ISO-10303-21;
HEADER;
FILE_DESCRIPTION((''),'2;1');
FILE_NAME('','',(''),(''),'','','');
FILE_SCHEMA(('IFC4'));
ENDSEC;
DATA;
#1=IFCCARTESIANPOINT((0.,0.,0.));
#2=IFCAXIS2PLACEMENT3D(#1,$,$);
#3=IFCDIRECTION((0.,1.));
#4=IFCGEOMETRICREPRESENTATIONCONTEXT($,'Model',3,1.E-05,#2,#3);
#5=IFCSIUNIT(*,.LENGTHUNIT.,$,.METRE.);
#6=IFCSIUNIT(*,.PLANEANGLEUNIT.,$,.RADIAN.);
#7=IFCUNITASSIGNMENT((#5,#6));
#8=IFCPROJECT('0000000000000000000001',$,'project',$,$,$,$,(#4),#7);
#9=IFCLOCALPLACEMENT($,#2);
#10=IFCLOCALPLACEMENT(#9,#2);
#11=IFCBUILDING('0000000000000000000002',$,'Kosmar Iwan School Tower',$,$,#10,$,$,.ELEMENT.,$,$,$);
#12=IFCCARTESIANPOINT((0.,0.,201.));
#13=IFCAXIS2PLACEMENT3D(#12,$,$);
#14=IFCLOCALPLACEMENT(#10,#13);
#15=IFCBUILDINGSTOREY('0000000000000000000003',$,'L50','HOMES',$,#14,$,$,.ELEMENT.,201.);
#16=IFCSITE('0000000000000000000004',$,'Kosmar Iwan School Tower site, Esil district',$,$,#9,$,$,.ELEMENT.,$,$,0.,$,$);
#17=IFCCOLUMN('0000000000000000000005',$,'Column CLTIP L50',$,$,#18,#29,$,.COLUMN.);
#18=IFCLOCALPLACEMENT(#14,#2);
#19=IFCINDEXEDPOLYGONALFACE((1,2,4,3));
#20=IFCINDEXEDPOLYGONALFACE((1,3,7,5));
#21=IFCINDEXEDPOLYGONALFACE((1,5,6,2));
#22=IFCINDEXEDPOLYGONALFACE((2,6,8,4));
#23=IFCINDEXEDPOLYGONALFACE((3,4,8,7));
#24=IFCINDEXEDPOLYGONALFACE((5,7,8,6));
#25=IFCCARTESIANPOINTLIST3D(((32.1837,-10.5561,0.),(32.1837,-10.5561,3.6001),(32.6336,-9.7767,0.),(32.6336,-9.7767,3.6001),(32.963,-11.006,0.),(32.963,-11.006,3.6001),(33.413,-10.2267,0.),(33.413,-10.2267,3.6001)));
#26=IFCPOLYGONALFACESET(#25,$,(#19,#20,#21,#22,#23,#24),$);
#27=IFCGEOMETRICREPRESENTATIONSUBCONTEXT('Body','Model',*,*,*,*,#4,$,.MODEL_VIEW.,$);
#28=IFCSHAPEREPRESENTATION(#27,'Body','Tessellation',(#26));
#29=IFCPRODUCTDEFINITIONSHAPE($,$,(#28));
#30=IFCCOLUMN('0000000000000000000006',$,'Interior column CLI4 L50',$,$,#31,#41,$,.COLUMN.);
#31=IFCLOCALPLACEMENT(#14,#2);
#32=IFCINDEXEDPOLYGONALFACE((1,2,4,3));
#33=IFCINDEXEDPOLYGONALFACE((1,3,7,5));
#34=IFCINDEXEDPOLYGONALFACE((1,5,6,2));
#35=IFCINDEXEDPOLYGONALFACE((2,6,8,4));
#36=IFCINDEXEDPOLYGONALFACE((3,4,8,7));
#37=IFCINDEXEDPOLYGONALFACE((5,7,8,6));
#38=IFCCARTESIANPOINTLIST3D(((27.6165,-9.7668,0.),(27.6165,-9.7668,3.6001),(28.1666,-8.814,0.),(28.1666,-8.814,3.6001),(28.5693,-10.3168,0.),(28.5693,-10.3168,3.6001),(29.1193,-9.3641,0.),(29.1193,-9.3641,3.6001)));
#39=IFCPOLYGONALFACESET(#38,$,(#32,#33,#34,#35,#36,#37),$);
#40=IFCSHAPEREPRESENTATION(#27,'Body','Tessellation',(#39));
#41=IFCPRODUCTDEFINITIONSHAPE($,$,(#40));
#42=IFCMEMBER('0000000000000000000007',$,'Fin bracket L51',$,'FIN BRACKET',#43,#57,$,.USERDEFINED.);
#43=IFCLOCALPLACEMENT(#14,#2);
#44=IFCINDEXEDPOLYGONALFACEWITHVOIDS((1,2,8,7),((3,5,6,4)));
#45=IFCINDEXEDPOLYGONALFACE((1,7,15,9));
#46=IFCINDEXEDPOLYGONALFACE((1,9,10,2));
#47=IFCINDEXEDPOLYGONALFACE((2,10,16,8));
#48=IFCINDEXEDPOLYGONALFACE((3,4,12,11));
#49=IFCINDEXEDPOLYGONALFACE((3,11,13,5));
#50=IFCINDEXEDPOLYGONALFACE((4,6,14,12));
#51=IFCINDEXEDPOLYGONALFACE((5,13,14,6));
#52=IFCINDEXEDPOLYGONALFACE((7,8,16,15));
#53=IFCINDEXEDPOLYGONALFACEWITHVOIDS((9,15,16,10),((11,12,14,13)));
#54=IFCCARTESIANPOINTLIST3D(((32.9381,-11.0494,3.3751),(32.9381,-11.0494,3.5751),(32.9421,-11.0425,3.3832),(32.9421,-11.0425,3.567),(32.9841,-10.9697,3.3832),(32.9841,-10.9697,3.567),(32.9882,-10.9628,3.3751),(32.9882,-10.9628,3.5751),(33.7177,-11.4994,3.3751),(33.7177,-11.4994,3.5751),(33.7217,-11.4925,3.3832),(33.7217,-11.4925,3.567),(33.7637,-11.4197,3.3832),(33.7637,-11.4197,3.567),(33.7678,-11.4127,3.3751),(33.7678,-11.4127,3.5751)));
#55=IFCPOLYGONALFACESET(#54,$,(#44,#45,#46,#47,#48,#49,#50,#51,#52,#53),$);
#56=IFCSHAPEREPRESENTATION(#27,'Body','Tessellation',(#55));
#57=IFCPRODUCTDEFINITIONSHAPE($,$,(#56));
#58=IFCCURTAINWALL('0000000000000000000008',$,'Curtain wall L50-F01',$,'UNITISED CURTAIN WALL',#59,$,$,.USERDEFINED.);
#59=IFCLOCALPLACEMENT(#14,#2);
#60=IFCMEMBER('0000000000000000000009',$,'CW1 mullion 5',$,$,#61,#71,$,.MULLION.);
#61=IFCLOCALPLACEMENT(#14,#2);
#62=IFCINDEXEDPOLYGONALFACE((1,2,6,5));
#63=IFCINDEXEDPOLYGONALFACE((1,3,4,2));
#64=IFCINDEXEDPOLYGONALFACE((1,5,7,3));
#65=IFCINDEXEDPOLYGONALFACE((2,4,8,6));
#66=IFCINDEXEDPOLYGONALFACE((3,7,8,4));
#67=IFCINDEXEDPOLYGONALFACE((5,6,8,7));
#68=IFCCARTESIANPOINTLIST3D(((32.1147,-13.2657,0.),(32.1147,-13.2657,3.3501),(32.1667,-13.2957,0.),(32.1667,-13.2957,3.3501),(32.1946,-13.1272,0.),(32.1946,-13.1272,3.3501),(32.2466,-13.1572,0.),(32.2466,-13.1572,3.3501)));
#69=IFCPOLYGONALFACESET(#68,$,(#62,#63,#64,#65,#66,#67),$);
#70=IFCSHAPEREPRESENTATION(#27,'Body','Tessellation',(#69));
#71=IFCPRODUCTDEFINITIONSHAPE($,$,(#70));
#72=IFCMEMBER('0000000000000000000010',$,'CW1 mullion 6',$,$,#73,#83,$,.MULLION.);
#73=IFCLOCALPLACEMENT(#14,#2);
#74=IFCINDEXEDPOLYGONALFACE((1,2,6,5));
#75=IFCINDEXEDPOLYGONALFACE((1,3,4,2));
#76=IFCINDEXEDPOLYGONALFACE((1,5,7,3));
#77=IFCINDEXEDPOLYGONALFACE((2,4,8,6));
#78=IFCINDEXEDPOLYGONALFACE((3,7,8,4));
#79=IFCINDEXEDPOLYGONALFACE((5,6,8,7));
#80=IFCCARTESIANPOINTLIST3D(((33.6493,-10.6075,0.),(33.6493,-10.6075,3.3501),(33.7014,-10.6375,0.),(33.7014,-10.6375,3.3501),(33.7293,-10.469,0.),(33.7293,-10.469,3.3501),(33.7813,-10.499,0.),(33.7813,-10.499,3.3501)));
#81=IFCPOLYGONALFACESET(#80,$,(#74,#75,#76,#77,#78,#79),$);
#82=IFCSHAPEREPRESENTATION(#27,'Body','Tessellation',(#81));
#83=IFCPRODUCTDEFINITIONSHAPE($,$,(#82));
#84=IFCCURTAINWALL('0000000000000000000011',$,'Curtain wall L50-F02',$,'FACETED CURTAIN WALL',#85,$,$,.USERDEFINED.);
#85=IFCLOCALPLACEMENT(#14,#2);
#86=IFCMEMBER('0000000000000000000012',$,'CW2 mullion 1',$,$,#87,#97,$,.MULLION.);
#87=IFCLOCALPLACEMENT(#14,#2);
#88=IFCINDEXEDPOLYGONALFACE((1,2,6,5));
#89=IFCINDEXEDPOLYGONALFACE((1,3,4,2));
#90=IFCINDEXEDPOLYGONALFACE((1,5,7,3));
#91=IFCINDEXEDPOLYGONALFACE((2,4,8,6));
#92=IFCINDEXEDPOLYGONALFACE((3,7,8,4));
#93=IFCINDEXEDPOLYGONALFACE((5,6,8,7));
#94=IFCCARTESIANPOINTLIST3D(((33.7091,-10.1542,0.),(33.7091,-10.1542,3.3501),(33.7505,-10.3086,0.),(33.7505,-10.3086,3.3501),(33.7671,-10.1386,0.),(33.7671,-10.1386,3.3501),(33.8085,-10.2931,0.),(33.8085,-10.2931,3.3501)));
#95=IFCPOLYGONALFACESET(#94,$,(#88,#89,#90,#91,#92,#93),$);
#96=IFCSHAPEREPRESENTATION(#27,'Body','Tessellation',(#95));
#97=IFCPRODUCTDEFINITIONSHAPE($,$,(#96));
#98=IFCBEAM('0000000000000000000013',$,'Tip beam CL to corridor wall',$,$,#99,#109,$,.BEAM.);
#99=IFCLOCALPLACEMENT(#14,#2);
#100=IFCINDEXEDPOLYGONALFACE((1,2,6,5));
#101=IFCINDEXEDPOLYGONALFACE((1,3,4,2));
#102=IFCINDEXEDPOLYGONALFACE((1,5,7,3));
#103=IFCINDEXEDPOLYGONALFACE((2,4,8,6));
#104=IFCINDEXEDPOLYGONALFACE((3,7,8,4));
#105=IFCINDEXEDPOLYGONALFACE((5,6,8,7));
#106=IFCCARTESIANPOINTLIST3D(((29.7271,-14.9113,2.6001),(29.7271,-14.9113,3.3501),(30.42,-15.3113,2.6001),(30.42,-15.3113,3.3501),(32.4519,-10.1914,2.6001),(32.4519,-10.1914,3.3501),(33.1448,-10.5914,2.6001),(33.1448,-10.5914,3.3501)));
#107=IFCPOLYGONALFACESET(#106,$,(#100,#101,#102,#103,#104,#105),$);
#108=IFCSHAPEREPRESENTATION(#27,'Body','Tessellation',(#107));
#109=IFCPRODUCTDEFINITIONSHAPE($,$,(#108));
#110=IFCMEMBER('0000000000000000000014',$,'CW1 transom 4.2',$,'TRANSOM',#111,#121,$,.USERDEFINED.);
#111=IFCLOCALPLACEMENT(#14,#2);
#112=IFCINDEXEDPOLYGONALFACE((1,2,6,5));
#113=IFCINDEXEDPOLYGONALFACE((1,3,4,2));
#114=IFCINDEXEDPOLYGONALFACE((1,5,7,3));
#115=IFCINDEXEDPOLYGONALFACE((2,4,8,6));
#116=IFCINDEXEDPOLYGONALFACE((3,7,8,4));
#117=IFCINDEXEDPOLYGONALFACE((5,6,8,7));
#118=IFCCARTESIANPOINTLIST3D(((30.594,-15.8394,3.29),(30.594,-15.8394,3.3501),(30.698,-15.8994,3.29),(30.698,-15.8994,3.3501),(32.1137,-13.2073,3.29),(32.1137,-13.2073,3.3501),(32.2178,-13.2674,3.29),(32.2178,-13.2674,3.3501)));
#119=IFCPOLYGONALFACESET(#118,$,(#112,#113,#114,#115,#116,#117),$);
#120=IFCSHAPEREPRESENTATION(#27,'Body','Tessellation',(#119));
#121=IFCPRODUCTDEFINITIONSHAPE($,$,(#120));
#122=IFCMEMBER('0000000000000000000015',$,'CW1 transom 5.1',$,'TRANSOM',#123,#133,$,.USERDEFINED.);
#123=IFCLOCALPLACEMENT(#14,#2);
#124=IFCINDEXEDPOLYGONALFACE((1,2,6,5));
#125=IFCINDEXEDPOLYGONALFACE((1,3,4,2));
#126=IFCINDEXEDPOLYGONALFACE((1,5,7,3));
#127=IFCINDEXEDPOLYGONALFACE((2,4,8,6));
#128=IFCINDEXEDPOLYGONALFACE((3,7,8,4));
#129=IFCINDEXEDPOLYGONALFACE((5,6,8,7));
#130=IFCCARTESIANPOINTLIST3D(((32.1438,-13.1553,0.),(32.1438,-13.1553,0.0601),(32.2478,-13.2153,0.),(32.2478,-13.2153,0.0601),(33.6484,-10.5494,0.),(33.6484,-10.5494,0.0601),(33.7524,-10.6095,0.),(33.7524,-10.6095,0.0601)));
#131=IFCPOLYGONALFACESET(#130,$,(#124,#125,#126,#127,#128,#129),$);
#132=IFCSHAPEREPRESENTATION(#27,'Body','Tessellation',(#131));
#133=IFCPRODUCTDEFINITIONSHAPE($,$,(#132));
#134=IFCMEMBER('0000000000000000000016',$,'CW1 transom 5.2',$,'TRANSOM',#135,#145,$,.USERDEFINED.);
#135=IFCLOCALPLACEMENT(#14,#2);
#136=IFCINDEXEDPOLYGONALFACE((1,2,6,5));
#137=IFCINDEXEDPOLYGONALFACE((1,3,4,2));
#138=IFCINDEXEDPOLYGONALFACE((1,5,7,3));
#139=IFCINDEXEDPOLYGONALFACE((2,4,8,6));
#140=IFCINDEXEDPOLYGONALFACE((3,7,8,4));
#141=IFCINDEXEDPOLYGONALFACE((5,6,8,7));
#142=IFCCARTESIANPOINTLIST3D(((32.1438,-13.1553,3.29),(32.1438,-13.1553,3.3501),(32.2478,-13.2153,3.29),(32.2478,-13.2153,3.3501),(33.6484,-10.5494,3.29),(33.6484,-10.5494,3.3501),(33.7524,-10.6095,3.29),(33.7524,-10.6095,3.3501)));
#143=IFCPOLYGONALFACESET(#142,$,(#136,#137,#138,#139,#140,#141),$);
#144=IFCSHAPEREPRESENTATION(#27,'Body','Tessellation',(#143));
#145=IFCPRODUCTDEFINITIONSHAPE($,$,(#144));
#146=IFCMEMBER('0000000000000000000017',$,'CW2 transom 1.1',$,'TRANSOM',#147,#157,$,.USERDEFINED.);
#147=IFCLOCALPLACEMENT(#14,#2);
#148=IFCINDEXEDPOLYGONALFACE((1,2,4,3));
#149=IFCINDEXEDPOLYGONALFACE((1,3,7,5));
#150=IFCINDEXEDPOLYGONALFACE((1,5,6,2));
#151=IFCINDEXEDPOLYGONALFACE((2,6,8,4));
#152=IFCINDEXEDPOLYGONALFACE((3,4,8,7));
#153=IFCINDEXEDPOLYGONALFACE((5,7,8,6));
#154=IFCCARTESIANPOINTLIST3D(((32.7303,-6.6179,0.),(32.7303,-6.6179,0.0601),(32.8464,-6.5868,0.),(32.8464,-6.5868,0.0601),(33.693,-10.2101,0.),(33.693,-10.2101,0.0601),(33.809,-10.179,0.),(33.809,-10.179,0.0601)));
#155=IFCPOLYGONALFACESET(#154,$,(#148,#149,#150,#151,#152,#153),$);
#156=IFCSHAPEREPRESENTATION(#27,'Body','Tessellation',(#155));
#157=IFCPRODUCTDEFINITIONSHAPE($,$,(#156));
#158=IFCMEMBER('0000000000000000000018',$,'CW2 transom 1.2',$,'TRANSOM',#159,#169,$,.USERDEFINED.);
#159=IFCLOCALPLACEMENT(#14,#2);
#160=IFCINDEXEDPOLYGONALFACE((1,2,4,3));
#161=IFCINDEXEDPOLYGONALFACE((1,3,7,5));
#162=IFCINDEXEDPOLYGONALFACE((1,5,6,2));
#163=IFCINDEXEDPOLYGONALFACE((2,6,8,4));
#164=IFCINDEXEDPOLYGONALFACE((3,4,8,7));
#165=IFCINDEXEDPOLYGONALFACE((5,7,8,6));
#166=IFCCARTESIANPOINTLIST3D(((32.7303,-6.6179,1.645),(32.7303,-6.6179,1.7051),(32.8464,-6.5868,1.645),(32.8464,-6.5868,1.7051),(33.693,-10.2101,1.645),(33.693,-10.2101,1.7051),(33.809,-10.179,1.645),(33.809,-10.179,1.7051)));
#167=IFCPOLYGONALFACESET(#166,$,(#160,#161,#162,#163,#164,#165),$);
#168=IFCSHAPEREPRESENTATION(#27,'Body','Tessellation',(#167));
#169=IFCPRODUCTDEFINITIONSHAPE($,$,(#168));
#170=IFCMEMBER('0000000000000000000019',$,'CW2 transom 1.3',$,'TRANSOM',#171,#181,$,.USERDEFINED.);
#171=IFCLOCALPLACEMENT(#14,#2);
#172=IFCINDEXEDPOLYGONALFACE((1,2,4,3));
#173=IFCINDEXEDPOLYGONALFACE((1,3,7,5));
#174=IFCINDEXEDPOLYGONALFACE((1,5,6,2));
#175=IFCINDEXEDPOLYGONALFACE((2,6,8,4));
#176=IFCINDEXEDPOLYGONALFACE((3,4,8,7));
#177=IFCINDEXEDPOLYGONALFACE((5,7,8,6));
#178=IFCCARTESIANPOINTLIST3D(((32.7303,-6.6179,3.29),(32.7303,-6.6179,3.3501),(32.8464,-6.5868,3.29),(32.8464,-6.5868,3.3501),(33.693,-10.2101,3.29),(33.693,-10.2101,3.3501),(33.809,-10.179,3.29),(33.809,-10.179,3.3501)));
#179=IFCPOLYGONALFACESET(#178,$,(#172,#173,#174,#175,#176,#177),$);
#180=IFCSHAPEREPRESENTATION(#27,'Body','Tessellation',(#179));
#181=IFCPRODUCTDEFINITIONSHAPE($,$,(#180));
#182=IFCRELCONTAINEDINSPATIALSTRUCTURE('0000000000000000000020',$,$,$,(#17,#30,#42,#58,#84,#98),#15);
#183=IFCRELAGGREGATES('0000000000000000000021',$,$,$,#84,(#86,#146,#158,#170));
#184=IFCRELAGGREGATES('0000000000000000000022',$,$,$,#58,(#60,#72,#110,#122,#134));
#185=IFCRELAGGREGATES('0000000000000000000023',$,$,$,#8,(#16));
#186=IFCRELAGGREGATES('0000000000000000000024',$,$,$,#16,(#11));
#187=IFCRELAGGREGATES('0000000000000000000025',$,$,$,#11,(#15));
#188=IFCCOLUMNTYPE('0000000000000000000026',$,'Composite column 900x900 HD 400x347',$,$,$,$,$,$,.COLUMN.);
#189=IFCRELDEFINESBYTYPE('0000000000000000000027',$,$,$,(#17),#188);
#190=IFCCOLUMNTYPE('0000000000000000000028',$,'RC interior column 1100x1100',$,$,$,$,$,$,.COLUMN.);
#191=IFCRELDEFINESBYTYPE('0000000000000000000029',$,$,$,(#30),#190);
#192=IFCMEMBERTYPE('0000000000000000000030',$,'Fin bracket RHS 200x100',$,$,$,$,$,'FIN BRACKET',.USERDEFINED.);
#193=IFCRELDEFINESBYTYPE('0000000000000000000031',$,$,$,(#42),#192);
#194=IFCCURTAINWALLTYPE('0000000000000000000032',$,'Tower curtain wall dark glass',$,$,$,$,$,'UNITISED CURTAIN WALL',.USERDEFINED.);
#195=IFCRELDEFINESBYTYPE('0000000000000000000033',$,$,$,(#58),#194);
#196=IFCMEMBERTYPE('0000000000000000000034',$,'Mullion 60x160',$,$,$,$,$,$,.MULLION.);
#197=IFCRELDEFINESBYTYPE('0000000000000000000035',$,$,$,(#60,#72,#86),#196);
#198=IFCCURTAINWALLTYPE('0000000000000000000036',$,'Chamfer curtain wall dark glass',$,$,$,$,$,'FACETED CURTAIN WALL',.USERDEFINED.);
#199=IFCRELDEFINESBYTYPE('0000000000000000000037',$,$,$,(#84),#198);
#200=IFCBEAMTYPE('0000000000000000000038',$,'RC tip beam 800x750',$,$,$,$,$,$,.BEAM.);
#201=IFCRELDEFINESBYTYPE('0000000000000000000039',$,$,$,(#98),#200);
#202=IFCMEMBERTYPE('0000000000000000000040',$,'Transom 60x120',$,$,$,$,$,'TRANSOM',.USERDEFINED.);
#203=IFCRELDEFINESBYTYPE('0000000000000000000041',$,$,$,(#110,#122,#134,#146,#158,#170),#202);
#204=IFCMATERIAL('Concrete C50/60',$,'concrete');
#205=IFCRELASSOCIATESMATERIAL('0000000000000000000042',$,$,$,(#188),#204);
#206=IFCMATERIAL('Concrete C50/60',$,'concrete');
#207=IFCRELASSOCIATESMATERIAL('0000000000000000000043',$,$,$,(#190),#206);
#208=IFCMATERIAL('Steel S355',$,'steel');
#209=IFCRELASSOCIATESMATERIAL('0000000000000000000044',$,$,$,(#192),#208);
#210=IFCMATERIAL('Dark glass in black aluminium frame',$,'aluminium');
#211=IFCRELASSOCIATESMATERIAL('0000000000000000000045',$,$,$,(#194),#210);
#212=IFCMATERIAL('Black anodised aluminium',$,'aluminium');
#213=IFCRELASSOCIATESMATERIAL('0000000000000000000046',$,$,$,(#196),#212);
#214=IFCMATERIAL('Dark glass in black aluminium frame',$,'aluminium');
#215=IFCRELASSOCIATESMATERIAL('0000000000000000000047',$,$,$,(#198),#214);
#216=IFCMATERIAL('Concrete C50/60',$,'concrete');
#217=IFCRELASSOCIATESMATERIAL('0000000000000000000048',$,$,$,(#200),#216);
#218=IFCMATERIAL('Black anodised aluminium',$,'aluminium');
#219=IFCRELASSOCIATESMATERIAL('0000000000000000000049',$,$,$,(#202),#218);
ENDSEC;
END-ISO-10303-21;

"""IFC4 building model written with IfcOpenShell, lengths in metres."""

from ifc_helpers import new_model, si_unit, direction, frame, origin, origin_2d, place, context, subcontext, project, spatial, rectangle, hollow_rectangle, extrude, material, material_profile, profile_set, type_object, element, aggregate, save


model = new_model("IFC4")

# Units and contexts
model_context = context("Model", 3, precision=1e-05, world=origin(), true_north=direction((0.0, 1.0)))
body_context = subcontext(model_context, "Body", "Model", "MODEL_VIEW")
ifc_project = project(units=[si_unit("LENGTHUNIT", "METRE"), si_unit("PLANEANGLEUNIT", "RADIAN")], contexts=[model_context])

# Site, building, storey
site_placement = place(None, origin())
site = spatial("IfcSite", under=ifc_project, at=site_placement, Name="Kosmar Iwan School Tower site, Esil district", CompositionType="ELEMENT", RefElevation=0.0)
building_placement = place(site_placement, origin())
building = spatial("IfcBuilding", under=site, at=building_placement, Name="Kosmar Iwan School Tower", CompositionType="ELEMENT")
storey_placement = place(building_placement, frame((0.0, 0.0, 201.0)))
storey = spatial("IfcBuildingStorey", under=building, at=storey_placement, Name="L50", Description="HOMES", CompositionType="ELEMENT", Elevation=201.0)

# Columns
ifc_material_1 = material(Name="Concrete C50/60", Category="concrete")
ifc_material_profile_1 = material_profile(ifc_material_1, rectangle(XDim=0.8999, YDim=0.8999, at=origin_2d()), Name="RC 900x900 + HD 400x347")
ifc_profile_set_1 = profile_set([ifc_material_profile_1], Name="Concrete C50/60")
column_type_1 = type_object("IfcColumnType", Name="Composite column 900x900 HD 400x347", PredefinedType="COLUMN", material=ifc_profile_set_1)
column_1_placement = place(storey_placement, frame((32.7983, -10.3914, 0.0), z_axis=(0.0, 0.0, 1.0), x_axis=(0.866025, -0.5, 0.0)))
element("IfcColumn", 1, at=column_1_placement, inside=storey, type_object=column_type_1, Name="Column CLTIP L50", PredefinedType="COLUMN", context=body_context, shape_type="SweptSolid", body=[
    extrude(rectangle(XDim=0.8999, YDim=0.8999, at=origin_2d()), origin(), (0.0, 0.0, 1.0), 3.6001),
])
ifc_material_2 = material(Name="Concrete C50/60", Category="concrete")
ifc_material_profile_2 = material_profile(ifc_material_2, rectangle(XDim=1.1001, YDim=1.1001, at=origin_2d()), Name="RC 1100x1100")
ifc_profile_set_2 = profile_set([ifc_material_profile_2], Name="Concrete C50/60")
column_type_2 = type_object("IfcColumnType", Name="RC interior column 1100x1100", PredefinedType="COLUMN", material=ifc_profile_set_2)
column_2_placement = place(storey_placement, frame((28.3679, -9.5654, 0.0), z_axis=(0.0, 0.0, 1.0), x_axis=(0.866025, -0.5, 0.0)))
element("IfcColumn", 2, at=column_2_placement, inside=storey, type_object=column_type_2, Name="Interior column CLI4 L50", PredefinedType="COLUMN", context=body_context, shape_type="SweptSolid", body=[
    extrude(rectangle(XDim=1.1001, YDim=1.1001, at=origin_2d()), origin(), (0.0, 0.0, 1.0), 3.6001),
])

# Member
ifc_material_3 = material(Name="Steel S355", Category="steel")
ifc_material_profile_3 = material_profile(ifc_material_3, hollow_rectangle(XDim=0.1001, YDim=0.2, WallThickness=0.0081, at=origin_2d()), Name="RHS 200x100x8")
ifc_profile_set_3 = profile_set([ifc_material_profile_3], Name="Steel S355")
member_type_1 = type_object("IfcMemberType", Name="Fin bracket RHS 200x100", ElementType="FIN BRACKET", PredefinedType="USERDEFINED", material=ifc_profile_set_3)
member_1_placement = place(storey_placement, frame((32.9631, -11.0061, 3.4751), z_axis=(0.866082, -0.499902, 0.0), x_axis=(0.499902, 0.866082, 0.0)))
element("IfcMember", 3, at=member_1_placement, inside=storey, type_object=member_type_1, Name="Fin bracket L51", ObjectType="FIN BRACKET", PredefinedType="USERDEFINED", context=body_context, shape_type="SweptSolid", body=[
    extrude(hollow_rectangle(XDim=0.1001, YDim=0.2, WallThickness=0.0081, at=origin_2d()), origin(), (0.0, 0.0, 1.0), 0.9001),
])

# Curtain wall, members
ifc_material_4 = material(Name="Dark glass in black aluminium frame", Category="aluminium")
curtain_wall_type_1 = type_object("IfcCurtainWallType", Name="Tower curtain wall dark glass", ElementType="UNITISED CURTAIN WALL", PredefinedType="USERDEFINED", material=ifc_material_4)
curtain_wall_1_placement = place(storey_placement, origin())
curtain_wall_1 = element("IfcCurtainWall", 4, at=curtain_wall_1_placement, inside=storey, type_object=curtain_wall_type_1, Name="Curtain wall L50-F01", ObjectType="UNITISED CURTAIN WALL", PredefinedType="USERDEFINED")
ifc_material_5 = material(Name="Black anodised aluminium", Category="aluminium")
ifc_material_profile_4 = material_profile(ifc_material_5, rectangle(XDim=0.0601, YDim=0.1599, at=origin_2d()), Name="MULLION 60x160")
ifc_profile_set_4 = profile_set([ifc_material_profile_4], Name="Black anodised aluminium")
member_type_2 = type_object("IfcMemberType", Name="Mullion 60x160", PredefinedType="MULLION", material=ifc_profile_set_4)
member_2_placement = place(storey_placement, frame((32.1807, -13.2114, 0.0), z_axis=(0.0, 0.0, 1.0), x_axis=(-0.866025, 0.5, 0.0)))
member_2 = element("IfcMember", 5, at=member_2_placement, type_object=member_type_2, Name="CW1 mullion 5", PredefinedType="MULLION", context=body_context, shape_type="SweptSolid", body=[
    extrude(rectangle(XDim=0.0601, YDim=0.1599, at=origin_2d()), origin(), (0.0, 0.0, 1.0), 3.3501),
])
member_3_placement = place(storey_placement, frame((33.7153, -10.5532, 0.0), z_axis=(0.0, 0.0, 1.0), x_axis=(-0.866025, 0.5, 0.0)))
member_3 = element("IfcMember", 6, at=member_3_placement, type_object=member_type_2, Name="CW1 mullion 6", PredefinedType="MULLION", context=body_context, shape_type="SweptSolid", body=[
    extrude(rectangle(XDim=0.0601, YDim=0.1599, at=origin_2d()), origin(), (0.0, 0.0, 1.0), 3.3501),
])

# Curtain wall, member
ifc_material_6 = material(Name="Dark glass in black aluminium frame", Category="aluminium")
curtain_wall_type_2 = type_object("IfcCurtainWallType", Name="Chamfer curtain wall dark glass", ElementType="FACETED CURTAIN WALL", PredefinedType="USERDEFINED", material=ifc_material_6)
curtain_wall_2_placement = place(storey_placement, origin())
curtain_wall_2 = element("IfcCurtainWall", 7, at=curtain_wall_2_placement, inside=storey, type_object=curtain_wall_type_2, Name="Curtain wall L50-F02", ObjectType="FACETED CURTAIN WALL", PredefinedType="USERDEFINED")
member_4_placement = place(storey_placement, frame((33.7588, -10.2236, 0.0), z_axis=(0.0, 0.0, 1.0), x_axis=(-0.965926, -0.258819, 0.0)))
member_4 = element("IfcMember", 8, at=member_4_placement, type_object=member_type_2, Name="CW2 mullion 1", PredefinedType="MULLION", context=body_context, shape_type="SweptSolid", body=[
    extrude(rectangle(XDim=0.0601, YDim=0.1599, at=origin_2d()), origin(), (0.0, 0.0, 1.0), 3.3501),
])

# Beam
ifc_material_7 = material(Name="Concrete C50/60", Category="concrete")
ifc_material_profile_5 = material_profile(ifc_material_7, rectangle(XDim=0.8, YDim=0.75, at=origin_2d()), Name="RC 800x750")
ifc_profile_set_5 = profile_set([ifc_material_profile_5], Name="Concrete C50/60")
beam_type = type_object("IfcBeamType", Name="RC tip beam 800x750", PredefinedType="BEAM", material=ifc_profile_set_5)
beam_placement = place(storey_placement, frame((32.7983, -10.3914, 2.9751), z_axis=(-0.499969, -0.866043, 0.0), x_axis=(0.866043, -0.499969, 0.0)))
element("IfcBeam", 9, at=beam_placement, inside=storey, type_object=beam_type, Name="Tip beam CL to corridor wall", PredefinedType="BEAM", context=body_context, shape_type="SweptSolid", body=[
    extrude(rectangle(XDim=0.8, YDim=0.75, at=origin_2d()), origin(), (0.0, 0.0, 1.0), 5.45),
])

# Members
ifc_material_8 = material(Name="Black anodised aluminium", Category="aluminium")
ifc_material_profile_6 = material_profile(ifc_material_8, rectangle(XDim=0.1201, YDim=0.0601, at=origin_2d()), Name="TRANSOM 60x120")
ifc_profile_set_6 = profile_set([ifc_material_profile_6], Name="Black anodised aluminium")
member_type_3 = type_object("IfcMemberType", Name="Transom 60x120", ElementType="TRANSOM", PredefinedType="USERDEFINED", material=ifc_profile_set_6)
member_5_placement = place(storey_placement, frame((30.646, -15.8694, 3.3201), z_axis=(0.500035, 0.866005, 0.0), x_axis=(-0.866005, 0.500035, 0.0)))
member_5 = element("IfcMember", 10, at=member_5_placement, type_object=member_type_3, Name="CW1 transom 4.2", ObjectType="TRANSOM", PredefinedType="USERDEFINED", context=body_context, shape_type="SweptSolid", body=[
    extrude(rectangle(XDim=0.1201, YDim=0.0601, at=origin_2d()), origin(), (0.0, 0.0, 1.0), 3.0393),
])
member_6_placement = place(storey_placement, frame((32.1958, -13.1853, 0.03), z_axis=(0.500022, 0.866013, 0.0), x_axis=(-0.866013, 0.500022, 0.0)))
member_6 = element("IfcMember", 11, at=member_6_placement, type_object=member_type_3, Name="CW1 transom 5.1", ObjectType="TRANSOM", PredefinedType="USERDEFINED", context=body_context, shape_type="SweptSolid", body=[
    extrude(rectangle(XDim=0.1201, YDim=0.0601, at=origin_2d()), origin(), (0.0, 0.0, 1.0), 3.009),
])
member_7_placement = place(storey_placement, frame((32.1958, -13.1853, 3.3201), z_axis=(0.500022, 0.866013, 0.0), x_axis=(-0.866013, 0.500022, 0.0)))
member_7 = element("IfcMember", 12, at=member_7_placement, type_object=member_type_3, Name="CW1 transom 5.2", ObjectType="TRANSOM", PredefinedType="USERDEFINED", context=body_context, shape_type="SweptSolid", body=[
    extrude(rectangle(XDim=0.1201, YDim=0.0601, at=origin_2d()), origin(), (0.0, 0.0, 1.0), 3.009),
])
member_8_placement = place(storey_placement, frame((33.751, -10.1946, 0.03), z_axis=(-0.258843, 0.965919, 0.0), x_axis=(-0.965919, -0.258843, 0.0)))
member_8 = element("IfcMember", 13, at=member_8_placement, type_object=member_type_3, Name="CW2 transom 1.1", ObjectType="TRANSOM", PredefinedType="USERDEFINED", context=body_context, shape_type="SweptSolid", body=[
    extrude(rectangle(XDim=0.1201, YDim=0.0601, at=origin_2d()), origin(), (0.0, 0.0, 1.0), 3.719),
])
member_9_placement = place(storey_placement, frame((33.751, -10.1946, 1.675), z_axis=(-0.258843, 0.965919, 0.0), x_axis=(-0.965919, -0.258843, 0.0)))
member_9 = element("IfcMember", 14, at=member_9_placement, type_object=member_type_3, Name="CW2 transom 1.2", ObjectType="TRANSOM", PredefinedType="USERDEFINED", context=body_context, shape_type="SweptSolid", body=[
    extrude(rectangle(XDim=0.1201, YDim=0.0601, at=origin_2d()), origin(), (0.0, 0.0, 1.0), 3.719),
])
member_10_placement = place(storey_placement, frame((33.751, -10.1946, 3.3201), z_axis=(-0.258843, 0.965919, 0.0), x_axis=(-0.965919, -0.258843, 0.0)))
member_10 = element("IfcMember", 15, at=member_10_placement, type_object=member_type_3, Name="CW2 transom 1.3", ObjectType="TRANSOM", PredefinedType="USERDEFINED", context=body_context, shape_type="SweptSolid", body=[
    extrude(rectangle(XDim=0.1201, YDim=0.0601, at=origin_2d()), origin(), (0.0, 0.0, 1.0), 3.719),
])
aggregate(curtain_wall_2, [member_4, member_8, member_9, member_10])

aggregate(curtain_wall_1, [member_2, member_3, member_5, member_6, member_7])

save(model, "model.ifc")
